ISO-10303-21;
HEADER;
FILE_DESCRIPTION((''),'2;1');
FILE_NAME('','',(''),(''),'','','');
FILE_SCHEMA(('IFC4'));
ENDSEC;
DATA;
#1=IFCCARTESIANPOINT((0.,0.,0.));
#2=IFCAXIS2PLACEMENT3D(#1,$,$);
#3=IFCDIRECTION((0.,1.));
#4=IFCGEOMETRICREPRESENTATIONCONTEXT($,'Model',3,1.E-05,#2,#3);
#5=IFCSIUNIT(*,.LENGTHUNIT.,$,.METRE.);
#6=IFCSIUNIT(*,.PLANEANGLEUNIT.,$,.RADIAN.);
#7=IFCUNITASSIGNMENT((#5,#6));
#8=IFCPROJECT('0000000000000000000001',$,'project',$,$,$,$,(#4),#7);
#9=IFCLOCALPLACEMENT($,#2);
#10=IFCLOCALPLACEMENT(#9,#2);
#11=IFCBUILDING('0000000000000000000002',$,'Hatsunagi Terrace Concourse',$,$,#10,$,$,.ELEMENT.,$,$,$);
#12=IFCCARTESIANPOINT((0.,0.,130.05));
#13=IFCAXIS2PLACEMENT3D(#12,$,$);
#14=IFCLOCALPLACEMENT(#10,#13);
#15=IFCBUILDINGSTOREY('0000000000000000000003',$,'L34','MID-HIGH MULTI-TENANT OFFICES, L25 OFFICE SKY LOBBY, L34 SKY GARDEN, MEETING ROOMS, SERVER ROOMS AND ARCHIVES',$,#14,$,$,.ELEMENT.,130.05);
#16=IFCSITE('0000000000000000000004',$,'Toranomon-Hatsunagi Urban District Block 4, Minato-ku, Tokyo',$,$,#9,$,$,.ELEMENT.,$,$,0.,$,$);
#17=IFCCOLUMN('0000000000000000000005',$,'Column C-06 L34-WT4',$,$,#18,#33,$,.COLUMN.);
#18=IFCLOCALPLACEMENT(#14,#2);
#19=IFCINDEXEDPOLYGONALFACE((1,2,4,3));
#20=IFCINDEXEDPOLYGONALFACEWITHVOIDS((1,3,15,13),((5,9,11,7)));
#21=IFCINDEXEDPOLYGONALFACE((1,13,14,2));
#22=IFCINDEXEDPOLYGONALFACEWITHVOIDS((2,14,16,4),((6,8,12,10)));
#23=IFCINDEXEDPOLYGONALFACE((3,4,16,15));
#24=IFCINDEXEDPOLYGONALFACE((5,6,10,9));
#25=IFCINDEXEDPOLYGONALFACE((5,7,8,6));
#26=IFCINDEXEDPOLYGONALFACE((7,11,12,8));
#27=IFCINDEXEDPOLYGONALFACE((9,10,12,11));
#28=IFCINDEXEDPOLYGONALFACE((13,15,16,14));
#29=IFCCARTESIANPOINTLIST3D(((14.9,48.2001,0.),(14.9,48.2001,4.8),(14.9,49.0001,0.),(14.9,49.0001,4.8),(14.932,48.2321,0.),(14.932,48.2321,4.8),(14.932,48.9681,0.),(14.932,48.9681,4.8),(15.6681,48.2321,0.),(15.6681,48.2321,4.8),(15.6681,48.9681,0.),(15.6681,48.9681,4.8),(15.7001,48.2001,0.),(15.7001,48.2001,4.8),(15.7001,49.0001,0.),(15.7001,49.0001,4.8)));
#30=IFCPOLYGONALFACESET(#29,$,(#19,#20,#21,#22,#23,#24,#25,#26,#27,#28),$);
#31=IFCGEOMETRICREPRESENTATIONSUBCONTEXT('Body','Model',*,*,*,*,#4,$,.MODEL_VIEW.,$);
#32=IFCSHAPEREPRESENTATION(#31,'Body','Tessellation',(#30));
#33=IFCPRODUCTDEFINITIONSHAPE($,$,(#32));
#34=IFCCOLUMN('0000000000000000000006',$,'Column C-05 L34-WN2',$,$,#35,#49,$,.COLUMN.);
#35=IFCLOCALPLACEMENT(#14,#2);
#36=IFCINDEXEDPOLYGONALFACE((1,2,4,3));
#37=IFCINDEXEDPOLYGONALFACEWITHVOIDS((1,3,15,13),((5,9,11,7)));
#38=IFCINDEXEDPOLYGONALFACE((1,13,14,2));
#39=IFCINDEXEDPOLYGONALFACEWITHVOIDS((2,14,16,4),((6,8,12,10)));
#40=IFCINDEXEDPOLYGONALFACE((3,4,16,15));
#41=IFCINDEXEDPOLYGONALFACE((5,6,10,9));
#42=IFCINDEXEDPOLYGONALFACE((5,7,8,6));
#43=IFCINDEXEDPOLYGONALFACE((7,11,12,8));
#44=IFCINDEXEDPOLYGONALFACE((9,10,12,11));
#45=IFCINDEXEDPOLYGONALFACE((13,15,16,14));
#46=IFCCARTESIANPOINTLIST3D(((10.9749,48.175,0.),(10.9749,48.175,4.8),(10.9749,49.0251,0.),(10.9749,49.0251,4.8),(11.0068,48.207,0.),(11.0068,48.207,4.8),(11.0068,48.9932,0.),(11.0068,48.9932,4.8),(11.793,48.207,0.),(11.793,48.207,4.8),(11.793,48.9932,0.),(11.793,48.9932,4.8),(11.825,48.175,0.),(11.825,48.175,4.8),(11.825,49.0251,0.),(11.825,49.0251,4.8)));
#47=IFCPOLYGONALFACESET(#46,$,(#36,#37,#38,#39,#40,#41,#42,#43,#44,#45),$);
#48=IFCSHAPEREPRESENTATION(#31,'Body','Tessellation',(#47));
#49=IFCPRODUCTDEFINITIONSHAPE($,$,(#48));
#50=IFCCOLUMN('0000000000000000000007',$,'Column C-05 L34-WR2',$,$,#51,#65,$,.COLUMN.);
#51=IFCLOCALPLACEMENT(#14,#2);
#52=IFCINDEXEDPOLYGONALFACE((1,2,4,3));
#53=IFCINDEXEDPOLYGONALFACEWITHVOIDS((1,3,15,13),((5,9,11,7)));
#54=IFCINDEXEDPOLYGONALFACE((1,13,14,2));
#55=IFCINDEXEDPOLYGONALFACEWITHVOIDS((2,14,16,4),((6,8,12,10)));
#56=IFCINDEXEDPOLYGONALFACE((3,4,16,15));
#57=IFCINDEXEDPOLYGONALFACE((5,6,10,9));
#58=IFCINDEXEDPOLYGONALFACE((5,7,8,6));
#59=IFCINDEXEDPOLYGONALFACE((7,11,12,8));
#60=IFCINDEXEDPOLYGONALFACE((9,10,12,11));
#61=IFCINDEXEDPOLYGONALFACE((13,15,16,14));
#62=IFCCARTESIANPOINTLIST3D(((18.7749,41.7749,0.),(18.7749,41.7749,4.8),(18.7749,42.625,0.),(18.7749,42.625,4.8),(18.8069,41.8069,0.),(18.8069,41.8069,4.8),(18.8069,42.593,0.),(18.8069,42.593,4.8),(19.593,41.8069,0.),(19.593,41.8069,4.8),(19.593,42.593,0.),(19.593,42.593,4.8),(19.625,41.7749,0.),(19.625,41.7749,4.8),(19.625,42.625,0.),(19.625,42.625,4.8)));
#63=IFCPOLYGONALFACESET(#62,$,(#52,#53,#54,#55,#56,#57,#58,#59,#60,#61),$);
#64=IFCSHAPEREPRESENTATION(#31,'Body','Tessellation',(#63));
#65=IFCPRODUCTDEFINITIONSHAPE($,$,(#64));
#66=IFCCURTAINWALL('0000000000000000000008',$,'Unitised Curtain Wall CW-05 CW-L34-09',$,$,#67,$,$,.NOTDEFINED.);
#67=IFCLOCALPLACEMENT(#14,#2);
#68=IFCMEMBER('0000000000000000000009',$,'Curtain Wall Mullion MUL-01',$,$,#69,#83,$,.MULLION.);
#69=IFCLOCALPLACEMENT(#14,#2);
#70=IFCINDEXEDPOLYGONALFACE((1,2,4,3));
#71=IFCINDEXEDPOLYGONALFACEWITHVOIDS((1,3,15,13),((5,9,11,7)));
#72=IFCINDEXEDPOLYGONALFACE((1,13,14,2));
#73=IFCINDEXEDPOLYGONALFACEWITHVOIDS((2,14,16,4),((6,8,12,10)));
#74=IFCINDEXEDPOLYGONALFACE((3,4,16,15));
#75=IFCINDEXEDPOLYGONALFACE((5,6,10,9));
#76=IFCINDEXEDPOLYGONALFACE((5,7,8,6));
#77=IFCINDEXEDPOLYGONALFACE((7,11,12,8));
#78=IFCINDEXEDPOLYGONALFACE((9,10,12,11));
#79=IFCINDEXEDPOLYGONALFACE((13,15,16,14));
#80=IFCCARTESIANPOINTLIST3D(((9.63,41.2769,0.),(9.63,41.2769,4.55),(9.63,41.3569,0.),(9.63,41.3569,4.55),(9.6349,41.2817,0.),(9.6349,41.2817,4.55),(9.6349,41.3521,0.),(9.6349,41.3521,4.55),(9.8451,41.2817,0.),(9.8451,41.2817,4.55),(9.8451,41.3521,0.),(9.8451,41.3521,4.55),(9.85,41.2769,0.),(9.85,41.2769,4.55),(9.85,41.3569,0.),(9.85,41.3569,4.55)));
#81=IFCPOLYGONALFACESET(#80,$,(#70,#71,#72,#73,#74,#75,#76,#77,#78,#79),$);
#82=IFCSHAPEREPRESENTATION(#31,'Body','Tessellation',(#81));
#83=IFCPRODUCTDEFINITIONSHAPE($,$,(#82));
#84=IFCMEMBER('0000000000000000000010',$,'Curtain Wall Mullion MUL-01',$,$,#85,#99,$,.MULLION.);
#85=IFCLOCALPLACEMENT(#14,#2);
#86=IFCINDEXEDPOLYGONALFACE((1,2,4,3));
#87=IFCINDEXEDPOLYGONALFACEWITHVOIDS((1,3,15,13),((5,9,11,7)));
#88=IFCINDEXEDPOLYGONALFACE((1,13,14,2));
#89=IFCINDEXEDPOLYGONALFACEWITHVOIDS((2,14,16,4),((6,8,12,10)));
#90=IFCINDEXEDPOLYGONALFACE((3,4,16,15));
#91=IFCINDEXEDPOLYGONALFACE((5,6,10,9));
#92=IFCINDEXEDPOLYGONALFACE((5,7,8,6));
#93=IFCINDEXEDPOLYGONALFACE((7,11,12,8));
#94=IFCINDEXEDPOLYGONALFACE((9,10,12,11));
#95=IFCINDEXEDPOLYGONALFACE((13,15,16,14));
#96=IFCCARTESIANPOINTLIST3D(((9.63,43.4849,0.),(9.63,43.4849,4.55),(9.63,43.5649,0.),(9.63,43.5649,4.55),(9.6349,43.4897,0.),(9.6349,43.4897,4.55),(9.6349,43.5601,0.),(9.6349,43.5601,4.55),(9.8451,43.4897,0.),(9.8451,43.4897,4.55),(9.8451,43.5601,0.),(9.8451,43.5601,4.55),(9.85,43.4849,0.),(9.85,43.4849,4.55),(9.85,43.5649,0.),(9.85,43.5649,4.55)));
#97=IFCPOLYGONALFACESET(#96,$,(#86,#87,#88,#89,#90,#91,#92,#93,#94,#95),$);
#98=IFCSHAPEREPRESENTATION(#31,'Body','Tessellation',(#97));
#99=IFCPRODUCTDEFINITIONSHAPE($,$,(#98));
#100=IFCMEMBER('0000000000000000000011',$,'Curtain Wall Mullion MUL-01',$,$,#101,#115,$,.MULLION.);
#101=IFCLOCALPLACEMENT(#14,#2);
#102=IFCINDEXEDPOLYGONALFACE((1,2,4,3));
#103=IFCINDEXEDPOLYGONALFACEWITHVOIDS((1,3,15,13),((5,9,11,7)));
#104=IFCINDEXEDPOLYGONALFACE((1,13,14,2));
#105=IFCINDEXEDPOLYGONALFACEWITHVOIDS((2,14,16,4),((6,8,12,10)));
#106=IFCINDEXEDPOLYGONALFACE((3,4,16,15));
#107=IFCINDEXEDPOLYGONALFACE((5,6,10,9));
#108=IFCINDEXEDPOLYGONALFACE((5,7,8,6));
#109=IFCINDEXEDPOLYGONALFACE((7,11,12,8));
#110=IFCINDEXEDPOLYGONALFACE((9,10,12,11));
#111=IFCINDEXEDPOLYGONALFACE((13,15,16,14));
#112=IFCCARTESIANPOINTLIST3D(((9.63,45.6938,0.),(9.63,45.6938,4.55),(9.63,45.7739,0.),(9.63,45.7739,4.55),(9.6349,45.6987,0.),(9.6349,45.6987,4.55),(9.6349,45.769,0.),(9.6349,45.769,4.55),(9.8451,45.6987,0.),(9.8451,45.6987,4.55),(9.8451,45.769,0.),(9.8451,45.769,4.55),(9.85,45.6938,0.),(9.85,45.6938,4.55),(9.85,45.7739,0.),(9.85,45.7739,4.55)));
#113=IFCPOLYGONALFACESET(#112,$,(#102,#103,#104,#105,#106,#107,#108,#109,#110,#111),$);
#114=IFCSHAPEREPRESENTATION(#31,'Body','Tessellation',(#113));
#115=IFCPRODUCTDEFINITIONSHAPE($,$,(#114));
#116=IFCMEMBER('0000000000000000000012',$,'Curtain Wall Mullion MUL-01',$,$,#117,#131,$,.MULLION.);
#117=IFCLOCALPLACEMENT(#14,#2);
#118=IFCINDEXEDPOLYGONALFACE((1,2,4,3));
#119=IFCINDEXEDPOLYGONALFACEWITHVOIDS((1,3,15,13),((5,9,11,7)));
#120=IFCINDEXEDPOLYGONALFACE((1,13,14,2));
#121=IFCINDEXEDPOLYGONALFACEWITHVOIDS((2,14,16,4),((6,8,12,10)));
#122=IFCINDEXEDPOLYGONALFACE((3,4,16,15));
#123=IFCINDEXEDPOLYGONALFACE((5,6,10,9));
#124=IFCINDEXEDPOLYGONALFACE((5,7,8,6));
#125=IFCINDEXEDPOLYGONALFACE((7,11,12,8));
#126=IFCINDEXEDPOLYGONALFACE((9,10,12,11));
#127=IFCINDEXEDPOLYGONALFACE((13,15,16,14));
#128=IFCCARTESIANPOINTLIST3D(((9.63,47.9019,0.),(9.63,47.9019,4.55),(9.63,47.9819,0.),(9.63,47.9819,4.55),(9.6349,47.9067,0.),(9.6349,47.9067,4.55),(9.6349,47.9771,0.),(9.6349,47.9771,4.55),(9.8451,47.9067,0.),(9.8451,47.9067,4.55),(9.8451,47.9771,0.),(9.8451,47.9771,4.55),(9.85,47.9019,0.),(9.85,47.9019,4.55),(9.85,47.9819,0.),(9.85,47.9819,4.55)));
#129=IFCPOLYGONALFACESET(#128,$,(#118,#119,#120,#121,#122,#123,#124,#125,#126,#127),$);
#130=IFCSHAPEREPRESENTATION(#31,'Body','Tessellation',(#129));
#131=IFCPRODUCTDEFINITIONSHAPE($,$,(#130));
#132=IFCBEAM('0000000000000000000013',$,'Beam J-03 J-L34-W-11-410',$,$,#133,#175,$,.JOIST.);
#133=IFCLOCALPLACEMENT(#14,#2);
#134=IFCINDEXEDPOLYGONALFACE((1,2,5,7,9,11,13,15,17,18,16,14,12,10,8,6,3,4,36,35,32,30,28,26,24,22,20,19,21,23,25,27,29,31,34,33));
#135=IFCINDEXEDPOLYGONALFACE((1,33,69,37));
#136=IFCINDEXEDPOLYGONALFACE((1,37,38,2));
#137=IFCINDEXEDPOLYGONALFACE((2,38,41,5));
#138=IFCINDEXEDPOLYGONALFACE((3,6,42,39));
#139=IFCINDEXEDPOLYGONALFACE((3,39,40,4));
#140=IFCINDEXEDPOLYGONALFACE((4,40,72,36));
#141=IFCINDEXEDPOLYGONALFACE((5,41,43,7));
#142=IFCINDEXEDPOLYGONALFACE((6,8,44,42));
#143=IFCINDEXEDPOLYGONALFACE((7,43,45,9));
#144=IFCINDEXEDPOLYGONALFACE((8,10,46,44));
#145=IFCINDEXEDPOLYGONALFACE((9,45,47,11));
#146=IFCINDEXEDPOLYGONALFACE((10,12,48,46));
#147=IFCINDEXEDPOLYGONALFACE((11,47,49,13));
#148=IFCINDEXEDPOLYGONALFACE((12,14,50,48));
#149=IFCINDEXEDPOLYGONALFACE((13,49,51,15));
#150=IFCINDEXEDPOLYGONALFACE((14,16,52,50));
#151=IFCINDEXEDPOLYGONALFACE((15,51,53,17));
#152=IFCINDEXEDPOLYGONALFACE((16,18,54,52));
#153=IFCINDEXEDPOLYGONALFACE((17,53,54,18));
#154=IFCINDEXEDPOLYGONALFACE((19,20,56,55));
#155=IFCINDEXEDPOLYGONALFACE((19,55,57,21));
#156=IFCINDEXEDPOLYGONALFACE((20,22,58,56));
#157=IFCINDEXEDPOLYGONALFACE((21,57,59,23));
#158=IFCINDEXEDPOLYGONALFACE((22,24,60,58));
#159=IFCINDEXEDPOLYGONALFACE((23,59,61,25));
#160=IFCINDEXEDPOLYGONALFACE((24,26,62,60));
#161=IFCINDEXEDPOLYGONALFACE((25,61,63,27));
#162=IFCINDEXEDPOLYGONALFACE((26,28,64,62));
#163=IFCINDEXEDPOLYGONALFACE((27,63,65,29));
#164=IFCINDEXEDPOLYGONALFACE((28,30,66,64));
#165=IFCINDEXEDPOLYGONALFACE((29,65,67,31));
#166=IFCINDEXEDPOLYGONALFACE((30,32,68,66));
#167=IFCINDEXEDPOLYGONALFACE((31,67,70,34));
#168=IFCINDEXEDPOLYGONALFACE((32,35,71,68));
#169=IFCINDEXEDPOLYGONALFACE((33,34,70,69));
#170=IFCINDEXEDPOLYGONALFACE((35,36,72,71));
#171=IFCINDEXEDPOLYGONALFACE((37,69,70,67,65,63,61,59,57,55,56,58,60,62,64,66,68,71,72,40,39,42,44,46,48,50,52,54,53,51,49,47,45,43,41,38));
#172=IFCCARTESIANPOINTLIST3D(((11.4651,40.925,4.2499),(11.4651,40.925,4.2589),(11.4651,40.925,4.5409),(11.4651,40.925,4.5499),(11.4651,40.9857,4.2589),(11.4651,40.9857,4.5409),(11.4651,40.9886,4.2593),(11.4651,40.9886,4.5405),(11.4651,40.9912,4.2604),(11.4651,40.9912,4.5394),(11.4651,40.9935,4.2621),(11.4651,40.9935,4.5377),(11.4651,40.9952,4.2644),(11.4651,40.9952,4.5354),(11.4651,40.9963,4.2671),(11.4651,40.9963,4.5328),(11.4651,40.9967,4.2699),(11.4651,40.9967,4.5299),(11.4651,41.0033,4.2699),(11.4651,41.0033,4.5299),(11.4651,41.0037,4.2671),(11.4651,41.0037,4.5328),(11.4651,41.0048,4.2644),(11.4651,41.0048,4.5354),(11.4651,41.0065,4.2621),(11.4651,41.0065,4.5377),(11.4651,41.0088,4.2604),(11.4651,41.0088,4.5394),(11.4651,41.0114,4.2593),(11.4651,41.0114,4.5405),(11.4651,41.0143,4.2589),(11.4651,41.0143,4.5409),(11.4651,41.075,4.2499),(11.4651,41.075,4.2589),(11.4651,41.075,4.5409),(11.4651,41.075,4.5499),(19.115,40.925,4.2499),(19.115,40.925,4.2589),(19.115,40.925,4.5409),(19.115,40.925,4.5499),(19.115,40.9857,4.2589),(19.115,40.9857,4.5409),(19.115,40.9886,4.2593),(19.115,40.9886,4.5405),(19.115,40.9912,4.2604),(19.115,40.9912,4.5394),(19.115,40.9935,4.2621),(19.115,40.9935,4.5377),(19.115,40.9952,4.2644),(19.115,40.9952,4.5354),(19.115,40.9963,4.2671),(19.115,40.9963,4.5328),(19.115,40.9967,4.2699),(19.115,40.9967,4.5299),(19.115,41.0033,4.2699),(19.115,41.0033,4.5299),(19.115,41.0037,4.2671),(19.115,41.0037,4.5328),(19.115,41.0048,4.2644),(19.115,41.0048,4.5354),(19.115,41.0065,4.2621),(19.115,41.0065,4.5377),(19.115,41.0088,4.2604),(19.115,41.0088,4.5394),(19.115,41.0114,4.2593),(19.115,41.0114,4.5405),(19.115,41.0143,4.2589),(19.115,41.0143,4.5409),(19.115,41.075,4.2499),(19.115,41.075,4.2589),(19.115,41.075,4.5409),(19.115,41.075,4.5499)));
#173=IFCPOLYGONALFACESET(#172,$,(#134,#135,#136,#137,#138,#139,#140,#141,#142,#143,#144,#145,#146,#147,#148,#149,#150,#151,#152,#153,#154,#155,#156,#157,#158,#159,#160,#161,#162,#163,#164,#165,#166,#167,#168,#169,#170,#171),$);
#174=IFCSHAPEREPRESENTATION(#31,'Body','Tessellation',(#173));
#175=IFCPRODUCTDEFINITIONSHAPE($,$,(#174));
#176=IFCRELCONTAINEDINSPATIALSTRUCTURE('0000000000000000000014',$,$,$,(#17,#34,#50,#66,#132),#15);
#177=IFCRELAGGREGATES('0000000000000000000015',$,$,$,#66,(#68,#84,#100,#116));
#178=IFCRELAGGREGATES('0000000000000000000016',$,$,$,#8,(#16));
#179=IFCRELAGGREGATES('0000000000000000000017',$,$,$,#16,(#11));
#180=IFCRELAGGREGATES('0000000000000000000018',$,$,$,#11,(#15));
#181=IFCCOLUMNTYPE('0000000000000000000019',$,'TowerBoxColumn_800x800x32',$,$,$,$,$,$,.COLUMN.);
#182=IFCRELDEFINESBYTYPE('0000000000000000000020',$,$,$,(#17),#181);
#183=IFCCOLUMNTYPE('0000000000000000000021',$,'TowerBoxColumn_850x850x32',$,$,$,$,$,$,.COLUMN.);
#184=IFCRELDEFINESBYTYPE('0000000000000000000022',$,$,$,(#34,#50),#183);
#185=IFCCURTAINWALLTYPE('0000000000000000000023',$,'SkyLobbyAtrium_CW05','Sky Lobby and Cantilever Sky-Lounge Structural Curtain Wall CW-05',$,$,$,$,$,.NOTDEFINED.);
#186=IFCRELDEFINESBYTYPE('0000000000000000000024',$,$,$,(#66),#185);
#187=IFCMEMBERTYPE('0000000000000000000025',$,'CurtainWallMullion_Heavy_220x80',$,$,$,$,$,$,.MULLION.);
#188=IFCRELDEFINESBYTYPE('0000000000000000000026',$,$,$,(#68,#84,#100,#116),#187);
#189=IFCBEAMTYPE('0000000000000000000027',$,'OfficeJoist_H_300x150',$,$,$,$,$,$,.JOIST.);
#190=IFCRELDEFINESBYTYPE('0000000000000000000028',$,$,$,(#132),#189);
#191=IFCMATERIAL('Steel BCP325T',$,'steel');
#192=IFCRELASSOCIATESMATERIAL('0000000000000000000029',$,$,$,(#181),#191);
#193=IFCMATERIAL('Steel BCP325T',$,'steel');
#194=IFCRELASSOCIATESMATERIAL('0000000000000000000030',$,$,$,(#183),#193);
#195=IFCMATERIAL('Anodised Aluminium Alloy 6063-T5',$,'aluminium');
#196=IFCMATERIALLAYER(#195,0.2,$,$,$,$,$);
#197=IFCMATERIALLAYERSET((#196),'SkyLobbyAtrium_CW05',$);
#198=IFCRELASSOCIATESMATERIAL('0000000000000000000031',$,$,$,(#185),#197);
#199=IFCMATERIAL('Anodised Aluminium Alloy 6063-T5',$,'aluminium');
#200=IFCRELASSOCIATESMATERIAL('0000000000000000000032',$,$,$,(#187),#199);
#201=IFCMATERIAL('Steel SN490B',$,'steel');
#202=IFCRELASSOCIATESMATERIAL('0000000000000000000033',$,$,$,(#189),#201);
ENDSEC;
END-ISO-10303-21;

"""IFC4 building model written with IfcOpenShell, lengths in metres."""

from ifc_helpers import new_model, si_unit, direction, frame, origin, origin_2d, place, context, subcontext, project, spatial, hollow_rectangle, i_section, extrude, material, layer, layer_set, material_profile, profile_set, type_object, element, aggregate, save


model = new_model("IFC4")

# Units and contexts
model_context = context("Model", 3, precision=1e-05, world=origin(), true_north=direction((0.0, 1.0)))
body_context = subcontext(model_context, "Body", "Model", "MODEL_VIEW")
ifc_project = project(units=[si_unit("LENGTHUNIT", "METRE"), si_unit("PLANEANGLEUNIT", "RADIAN")], contexts=[model_context])

# Site, building, storey
site_placement = place(None, origin())
site = spatial("IfcSite", under=ifc_project, at=site_placement, Name="Toranomon-Hatsunagi Urban District Block 4, Minato-ku, Tokyo", CompositionType="ELEMENT", RefElevation=0.0)
building_placement = place(site_placement, origin())
building = spatial("IfcBuilding", under=site, at=building_placement, Name="Hatsunagi Terrace Concourse", CompositionType="ELEMENT")
storey_placement = place(building_placement, frame((0.0, 0.0, 130.05)))
storey = spatial("IfcBuildingStorey", under=building, at=storey_placement, Name="L34", Description="MID-HIGH MULTI-TENANT OFFICES, L25 OFFICE SKY LOBBY, L34 SKY GARDEN, MEETING ROOMS, SERVER ROOMS AND ARCHIVES", CompositionType="ELEMENT", Elevation=130.05)

# Columns
ifc_material_1 = material(Name="Steel BCP325T", Category="steel")
ifc_material_profile_1 = material_profile(ifc_material_1, hollow_rectangle(XDim=0.8, YDim=0.8, WallThickness=0.032, at=origin_2d()), Name="BCP-800x800x32")
ifc_profile_set_1 = profile_set([ifc_material_profile_1], Name="Steel BCP325T")
column_type_1 = type_object("IfcColumnType", Name="TowerBoxColumn_800x800x32", PredefinedType="COLUMN", material=ifc_profile_set_1)
column_placement = place(storey_placement, frame((15.3, 48.6001, 0.0), z_axis=(0.0, 0.0, 1.0), x_axis=(1.0, 0.0, 0.0)))
element("IfcColumn", 1, at=column_placement, inside=storey, type_object=column_type_1, Name="Column C-06 L34-WT4", PredefinedType="COLUMN", context=body_context, shape_type="SweptSolid", body=[
    extrude(hollow_rectangle(XDim=0.8, YDim=0.8, WallThickness=0.032, at=origin_2d()), origin(), (0.0, 0.0, 1.0), 4.8),
])
ifc_material_2 = material(Name="Steel BCP325T", Category="steel")
ifc_material_profile_2 = material_profile(ifc_material_2, hollow_rectangle(XDim=0.8501, YDim=0.8501, WallThickness=0.032, at=origin_2d()), Name="BCP-850x850x32")
ifc_profile_set_2 = profile_set([ifc_material_profile_2], Name="Steel BCP325T")
column_type_2 = type_object("IfcColumnType", Name="TowerBoxColumn_850x850x32", PredefinedType="COLUMN", material=ifc_profile_set_2)
for number, where, z_axis, x_axis, name in (
    (2, (11.3999, 48.6001, 0.0), (0.0, 0.0, 1.0), (1.0, 0.0, 0.0), "Column C-05 L34-WN2"),
    (3, (19.2, 42.2, 0.0), (0.0, 0.0, 1.0), (1.0, 0.0, 0.0), "Column C-05 L34-WR2"),
):
    element("IfcColumn", number, at=place(storey_placement, frame(where, z_axis=z_axis, x_axis=x_axis)), inside=storey, type_object=column_type_2, Name=name, PredefinedType="COLUMN", context=body_context, shape_type="SweptSolid", body=[
        extrude(hollow_rectangle(XDim=0.8501, YDim=0.8501, WallThickness=0.032, at=origin_2d()), origin(), (0.0, 0.0, 1.0), 4.8),
    ])

# Curtain wall, members
ifc_material_3 = material(Name="Anodised Aluminium Alloy 6063-T5", Category="aluminium")
ifc_layer_1 = layer(ifc_material_3, 0.2)
ifc_layer_set_1 = layer_set([ifc_layer_1], Name="SkyLobbyAtrium_CW05")
curtain_wall_type = type_object("IfcCurtainWallType", Name="SkyLobbyAtrium_CW05", Description="Sky Lobby and Cantilever Sky-Lounge Structural Curtain Wall CW-05", PredefinedType="NOTDEFINED", material=ifc_layer_set_1)
curtain_wall_placement = place(storey_placement, origin())
curtain_wall = element("IfcCurtainWall", 4, at=curtain_wall_placement, inside=storey, type_object=curtain_wall_type, Name="Unitised Curtain Wall CW-05 CW-L34-09", PredefinedType="NOTDEFINED")
ifc_material_4 = material(Name="Anodised Aluminium Alloy 6063-T5", Category="aluminium")
ifc_material_profile_3 = material_profile(ifc_material_4, hollow_rectangle(XDim=0.0801, YDim=0.22, WallThickness=0.0049, at=origin_2d()), Name="ALU-MUL-220x80x5")
ifc_profile_set_3 = profile_set([ifc_material_profile_3], Name="Anodised Aluminium Alloy 6063-T5")
member_type = type_object("IfcMemberType", Name="CurtainWallMullion_Heavy_220x80", PredefinedType="MULLION", material=ifc_profile_set_3)
member_1_placement = place(storey_placement, frame((9.74, 41.3169, 0.0), z_axis=(0.0, 0.0, 1.0), x_axis=(0.0, 1.0, 0.0)))
member_1 = element("IfcMember", 5, at=member_1_placement, type_object=member_type, Name="Curtain Wall Mullion MUL-01", PredefinedType="MULLION", context=body_context, shape_type="SweptSolid", body=[
    extrude(hollow_rectangle(XDim=0.0801, YDim=0.22, WallThickness=0.0049, at=origin_2d()), origin(), (0.0, 0.0, 1.0), 4.55),
])
member_2_placement = place(storey_placement, frame((9.74, 43.5249, 0.0), z_axis=(0.0, 0.0, 1.0), x_axis=(0.0, 1.0, 0.0)))
member_2 = element("IfcMember", 6, at=member_2_placement, type_object=member_type, Name="Curtain Wall Mullion MUL-01", PredefinedType="MULLION", context=body_context, shape_type="SweptSolid", body=[
    extrude(hollow_rectangle(XDim=0.0801, YDim=0.22, WallThickness=0.0049, at=origin_2d()), origin(), (0.0, 0.0, 1.0), 4.55),
])
member_3_placement = place(storey_placement, frame((9.74, 45.7339, 0.0), z_axis=(0.0, 0.0, 1.0), x_axis=(0.0, 1.0, 0.0)))
member_3 = element("IfcMember", 7, at=member_3_placement, type_object=member_type, Name="Curtain Wall Mullion MUL-01", PredefinedType="MULLION", context=body_context, shape_type="SweptSolid", body=[
    extrude(hollow_rectangle(XDim=0.0801, YDim=0.22, WallThickness=0.0049, at=origin_2d()), origin(), (0.0, 0.0, 1.0), 4.55),
])
member_4_placement = place(storey_placement, frame((9.74, 47.9419, 0.0), z_axis=(0.0, 0.0, 1.0), x_axis=(0.0, 1.0, 0.0)))
member_4 = element("IfcMember", 8, at=member_4_placement, type_object=member_type, Name="Curtain Wall Mullion MUL-01", PredefinedType="MULLION", context=body_context, shape_type="SweptSolid", body=[
    extrude(hollow_rectangle(XDim=0.0801, YDim=0.22, WallThickness=0.0049, at=origin_2d()), origin(), (0.0, 0.0, 1.0), 4.55),
])

# Beam
ifc_material_5 = material(Name="Steel SN490B", Category="steel")
ifc_material_profile_4 = material_profile(ifc_material_5, i_section(OverallWidth=0.1499, OverallDepth=0.3, WebThickness=0.0066, FlangeThickness=0.009, FilletRadius=0.011, at=origin_2d()), Name="H-300x150x6.5x9")
ifc_profile_set_4 = profile_set([ifc_material_profile_4], Name="Steel SN490B")
beam_type_1 = type_object("IfcBeamType", Name="OfficeJoist_H_300x150", PredefinedType="JOIST", material=ifc_profile_set_4)
for number, where, z_axis, x_axis, name in (
    (9, (11.4651, 41.0, 4.3999), (1.0, 0.0, 0.0), (0.0, 1.0, 0.0), "Beam J-03 J-L34-W-11-410"),
):
    element("IfcBeam", number, at=place(storey_placement, frame(where, z_axis=z_axis, x_axis=x_axis)), inside=storey, type_object=beam_type_1, Name=name, PredefinedType="JOIST", context=body_context, shape_type="SweptSolid", body=[
        extrude(i_section(OverallWidth=0.1499, OverallDepth=0.3, WebThickness=0.0066, FlangeThickness=0.009, FilletRadius=0.011, at=origin_2d()), origin(), (0.0, 0.0, 1.0), 7.6499),
    ])

aggregate(curtain_wall, [member_1, member_2, member_3, member_4])

save(model, "model.ifc")
